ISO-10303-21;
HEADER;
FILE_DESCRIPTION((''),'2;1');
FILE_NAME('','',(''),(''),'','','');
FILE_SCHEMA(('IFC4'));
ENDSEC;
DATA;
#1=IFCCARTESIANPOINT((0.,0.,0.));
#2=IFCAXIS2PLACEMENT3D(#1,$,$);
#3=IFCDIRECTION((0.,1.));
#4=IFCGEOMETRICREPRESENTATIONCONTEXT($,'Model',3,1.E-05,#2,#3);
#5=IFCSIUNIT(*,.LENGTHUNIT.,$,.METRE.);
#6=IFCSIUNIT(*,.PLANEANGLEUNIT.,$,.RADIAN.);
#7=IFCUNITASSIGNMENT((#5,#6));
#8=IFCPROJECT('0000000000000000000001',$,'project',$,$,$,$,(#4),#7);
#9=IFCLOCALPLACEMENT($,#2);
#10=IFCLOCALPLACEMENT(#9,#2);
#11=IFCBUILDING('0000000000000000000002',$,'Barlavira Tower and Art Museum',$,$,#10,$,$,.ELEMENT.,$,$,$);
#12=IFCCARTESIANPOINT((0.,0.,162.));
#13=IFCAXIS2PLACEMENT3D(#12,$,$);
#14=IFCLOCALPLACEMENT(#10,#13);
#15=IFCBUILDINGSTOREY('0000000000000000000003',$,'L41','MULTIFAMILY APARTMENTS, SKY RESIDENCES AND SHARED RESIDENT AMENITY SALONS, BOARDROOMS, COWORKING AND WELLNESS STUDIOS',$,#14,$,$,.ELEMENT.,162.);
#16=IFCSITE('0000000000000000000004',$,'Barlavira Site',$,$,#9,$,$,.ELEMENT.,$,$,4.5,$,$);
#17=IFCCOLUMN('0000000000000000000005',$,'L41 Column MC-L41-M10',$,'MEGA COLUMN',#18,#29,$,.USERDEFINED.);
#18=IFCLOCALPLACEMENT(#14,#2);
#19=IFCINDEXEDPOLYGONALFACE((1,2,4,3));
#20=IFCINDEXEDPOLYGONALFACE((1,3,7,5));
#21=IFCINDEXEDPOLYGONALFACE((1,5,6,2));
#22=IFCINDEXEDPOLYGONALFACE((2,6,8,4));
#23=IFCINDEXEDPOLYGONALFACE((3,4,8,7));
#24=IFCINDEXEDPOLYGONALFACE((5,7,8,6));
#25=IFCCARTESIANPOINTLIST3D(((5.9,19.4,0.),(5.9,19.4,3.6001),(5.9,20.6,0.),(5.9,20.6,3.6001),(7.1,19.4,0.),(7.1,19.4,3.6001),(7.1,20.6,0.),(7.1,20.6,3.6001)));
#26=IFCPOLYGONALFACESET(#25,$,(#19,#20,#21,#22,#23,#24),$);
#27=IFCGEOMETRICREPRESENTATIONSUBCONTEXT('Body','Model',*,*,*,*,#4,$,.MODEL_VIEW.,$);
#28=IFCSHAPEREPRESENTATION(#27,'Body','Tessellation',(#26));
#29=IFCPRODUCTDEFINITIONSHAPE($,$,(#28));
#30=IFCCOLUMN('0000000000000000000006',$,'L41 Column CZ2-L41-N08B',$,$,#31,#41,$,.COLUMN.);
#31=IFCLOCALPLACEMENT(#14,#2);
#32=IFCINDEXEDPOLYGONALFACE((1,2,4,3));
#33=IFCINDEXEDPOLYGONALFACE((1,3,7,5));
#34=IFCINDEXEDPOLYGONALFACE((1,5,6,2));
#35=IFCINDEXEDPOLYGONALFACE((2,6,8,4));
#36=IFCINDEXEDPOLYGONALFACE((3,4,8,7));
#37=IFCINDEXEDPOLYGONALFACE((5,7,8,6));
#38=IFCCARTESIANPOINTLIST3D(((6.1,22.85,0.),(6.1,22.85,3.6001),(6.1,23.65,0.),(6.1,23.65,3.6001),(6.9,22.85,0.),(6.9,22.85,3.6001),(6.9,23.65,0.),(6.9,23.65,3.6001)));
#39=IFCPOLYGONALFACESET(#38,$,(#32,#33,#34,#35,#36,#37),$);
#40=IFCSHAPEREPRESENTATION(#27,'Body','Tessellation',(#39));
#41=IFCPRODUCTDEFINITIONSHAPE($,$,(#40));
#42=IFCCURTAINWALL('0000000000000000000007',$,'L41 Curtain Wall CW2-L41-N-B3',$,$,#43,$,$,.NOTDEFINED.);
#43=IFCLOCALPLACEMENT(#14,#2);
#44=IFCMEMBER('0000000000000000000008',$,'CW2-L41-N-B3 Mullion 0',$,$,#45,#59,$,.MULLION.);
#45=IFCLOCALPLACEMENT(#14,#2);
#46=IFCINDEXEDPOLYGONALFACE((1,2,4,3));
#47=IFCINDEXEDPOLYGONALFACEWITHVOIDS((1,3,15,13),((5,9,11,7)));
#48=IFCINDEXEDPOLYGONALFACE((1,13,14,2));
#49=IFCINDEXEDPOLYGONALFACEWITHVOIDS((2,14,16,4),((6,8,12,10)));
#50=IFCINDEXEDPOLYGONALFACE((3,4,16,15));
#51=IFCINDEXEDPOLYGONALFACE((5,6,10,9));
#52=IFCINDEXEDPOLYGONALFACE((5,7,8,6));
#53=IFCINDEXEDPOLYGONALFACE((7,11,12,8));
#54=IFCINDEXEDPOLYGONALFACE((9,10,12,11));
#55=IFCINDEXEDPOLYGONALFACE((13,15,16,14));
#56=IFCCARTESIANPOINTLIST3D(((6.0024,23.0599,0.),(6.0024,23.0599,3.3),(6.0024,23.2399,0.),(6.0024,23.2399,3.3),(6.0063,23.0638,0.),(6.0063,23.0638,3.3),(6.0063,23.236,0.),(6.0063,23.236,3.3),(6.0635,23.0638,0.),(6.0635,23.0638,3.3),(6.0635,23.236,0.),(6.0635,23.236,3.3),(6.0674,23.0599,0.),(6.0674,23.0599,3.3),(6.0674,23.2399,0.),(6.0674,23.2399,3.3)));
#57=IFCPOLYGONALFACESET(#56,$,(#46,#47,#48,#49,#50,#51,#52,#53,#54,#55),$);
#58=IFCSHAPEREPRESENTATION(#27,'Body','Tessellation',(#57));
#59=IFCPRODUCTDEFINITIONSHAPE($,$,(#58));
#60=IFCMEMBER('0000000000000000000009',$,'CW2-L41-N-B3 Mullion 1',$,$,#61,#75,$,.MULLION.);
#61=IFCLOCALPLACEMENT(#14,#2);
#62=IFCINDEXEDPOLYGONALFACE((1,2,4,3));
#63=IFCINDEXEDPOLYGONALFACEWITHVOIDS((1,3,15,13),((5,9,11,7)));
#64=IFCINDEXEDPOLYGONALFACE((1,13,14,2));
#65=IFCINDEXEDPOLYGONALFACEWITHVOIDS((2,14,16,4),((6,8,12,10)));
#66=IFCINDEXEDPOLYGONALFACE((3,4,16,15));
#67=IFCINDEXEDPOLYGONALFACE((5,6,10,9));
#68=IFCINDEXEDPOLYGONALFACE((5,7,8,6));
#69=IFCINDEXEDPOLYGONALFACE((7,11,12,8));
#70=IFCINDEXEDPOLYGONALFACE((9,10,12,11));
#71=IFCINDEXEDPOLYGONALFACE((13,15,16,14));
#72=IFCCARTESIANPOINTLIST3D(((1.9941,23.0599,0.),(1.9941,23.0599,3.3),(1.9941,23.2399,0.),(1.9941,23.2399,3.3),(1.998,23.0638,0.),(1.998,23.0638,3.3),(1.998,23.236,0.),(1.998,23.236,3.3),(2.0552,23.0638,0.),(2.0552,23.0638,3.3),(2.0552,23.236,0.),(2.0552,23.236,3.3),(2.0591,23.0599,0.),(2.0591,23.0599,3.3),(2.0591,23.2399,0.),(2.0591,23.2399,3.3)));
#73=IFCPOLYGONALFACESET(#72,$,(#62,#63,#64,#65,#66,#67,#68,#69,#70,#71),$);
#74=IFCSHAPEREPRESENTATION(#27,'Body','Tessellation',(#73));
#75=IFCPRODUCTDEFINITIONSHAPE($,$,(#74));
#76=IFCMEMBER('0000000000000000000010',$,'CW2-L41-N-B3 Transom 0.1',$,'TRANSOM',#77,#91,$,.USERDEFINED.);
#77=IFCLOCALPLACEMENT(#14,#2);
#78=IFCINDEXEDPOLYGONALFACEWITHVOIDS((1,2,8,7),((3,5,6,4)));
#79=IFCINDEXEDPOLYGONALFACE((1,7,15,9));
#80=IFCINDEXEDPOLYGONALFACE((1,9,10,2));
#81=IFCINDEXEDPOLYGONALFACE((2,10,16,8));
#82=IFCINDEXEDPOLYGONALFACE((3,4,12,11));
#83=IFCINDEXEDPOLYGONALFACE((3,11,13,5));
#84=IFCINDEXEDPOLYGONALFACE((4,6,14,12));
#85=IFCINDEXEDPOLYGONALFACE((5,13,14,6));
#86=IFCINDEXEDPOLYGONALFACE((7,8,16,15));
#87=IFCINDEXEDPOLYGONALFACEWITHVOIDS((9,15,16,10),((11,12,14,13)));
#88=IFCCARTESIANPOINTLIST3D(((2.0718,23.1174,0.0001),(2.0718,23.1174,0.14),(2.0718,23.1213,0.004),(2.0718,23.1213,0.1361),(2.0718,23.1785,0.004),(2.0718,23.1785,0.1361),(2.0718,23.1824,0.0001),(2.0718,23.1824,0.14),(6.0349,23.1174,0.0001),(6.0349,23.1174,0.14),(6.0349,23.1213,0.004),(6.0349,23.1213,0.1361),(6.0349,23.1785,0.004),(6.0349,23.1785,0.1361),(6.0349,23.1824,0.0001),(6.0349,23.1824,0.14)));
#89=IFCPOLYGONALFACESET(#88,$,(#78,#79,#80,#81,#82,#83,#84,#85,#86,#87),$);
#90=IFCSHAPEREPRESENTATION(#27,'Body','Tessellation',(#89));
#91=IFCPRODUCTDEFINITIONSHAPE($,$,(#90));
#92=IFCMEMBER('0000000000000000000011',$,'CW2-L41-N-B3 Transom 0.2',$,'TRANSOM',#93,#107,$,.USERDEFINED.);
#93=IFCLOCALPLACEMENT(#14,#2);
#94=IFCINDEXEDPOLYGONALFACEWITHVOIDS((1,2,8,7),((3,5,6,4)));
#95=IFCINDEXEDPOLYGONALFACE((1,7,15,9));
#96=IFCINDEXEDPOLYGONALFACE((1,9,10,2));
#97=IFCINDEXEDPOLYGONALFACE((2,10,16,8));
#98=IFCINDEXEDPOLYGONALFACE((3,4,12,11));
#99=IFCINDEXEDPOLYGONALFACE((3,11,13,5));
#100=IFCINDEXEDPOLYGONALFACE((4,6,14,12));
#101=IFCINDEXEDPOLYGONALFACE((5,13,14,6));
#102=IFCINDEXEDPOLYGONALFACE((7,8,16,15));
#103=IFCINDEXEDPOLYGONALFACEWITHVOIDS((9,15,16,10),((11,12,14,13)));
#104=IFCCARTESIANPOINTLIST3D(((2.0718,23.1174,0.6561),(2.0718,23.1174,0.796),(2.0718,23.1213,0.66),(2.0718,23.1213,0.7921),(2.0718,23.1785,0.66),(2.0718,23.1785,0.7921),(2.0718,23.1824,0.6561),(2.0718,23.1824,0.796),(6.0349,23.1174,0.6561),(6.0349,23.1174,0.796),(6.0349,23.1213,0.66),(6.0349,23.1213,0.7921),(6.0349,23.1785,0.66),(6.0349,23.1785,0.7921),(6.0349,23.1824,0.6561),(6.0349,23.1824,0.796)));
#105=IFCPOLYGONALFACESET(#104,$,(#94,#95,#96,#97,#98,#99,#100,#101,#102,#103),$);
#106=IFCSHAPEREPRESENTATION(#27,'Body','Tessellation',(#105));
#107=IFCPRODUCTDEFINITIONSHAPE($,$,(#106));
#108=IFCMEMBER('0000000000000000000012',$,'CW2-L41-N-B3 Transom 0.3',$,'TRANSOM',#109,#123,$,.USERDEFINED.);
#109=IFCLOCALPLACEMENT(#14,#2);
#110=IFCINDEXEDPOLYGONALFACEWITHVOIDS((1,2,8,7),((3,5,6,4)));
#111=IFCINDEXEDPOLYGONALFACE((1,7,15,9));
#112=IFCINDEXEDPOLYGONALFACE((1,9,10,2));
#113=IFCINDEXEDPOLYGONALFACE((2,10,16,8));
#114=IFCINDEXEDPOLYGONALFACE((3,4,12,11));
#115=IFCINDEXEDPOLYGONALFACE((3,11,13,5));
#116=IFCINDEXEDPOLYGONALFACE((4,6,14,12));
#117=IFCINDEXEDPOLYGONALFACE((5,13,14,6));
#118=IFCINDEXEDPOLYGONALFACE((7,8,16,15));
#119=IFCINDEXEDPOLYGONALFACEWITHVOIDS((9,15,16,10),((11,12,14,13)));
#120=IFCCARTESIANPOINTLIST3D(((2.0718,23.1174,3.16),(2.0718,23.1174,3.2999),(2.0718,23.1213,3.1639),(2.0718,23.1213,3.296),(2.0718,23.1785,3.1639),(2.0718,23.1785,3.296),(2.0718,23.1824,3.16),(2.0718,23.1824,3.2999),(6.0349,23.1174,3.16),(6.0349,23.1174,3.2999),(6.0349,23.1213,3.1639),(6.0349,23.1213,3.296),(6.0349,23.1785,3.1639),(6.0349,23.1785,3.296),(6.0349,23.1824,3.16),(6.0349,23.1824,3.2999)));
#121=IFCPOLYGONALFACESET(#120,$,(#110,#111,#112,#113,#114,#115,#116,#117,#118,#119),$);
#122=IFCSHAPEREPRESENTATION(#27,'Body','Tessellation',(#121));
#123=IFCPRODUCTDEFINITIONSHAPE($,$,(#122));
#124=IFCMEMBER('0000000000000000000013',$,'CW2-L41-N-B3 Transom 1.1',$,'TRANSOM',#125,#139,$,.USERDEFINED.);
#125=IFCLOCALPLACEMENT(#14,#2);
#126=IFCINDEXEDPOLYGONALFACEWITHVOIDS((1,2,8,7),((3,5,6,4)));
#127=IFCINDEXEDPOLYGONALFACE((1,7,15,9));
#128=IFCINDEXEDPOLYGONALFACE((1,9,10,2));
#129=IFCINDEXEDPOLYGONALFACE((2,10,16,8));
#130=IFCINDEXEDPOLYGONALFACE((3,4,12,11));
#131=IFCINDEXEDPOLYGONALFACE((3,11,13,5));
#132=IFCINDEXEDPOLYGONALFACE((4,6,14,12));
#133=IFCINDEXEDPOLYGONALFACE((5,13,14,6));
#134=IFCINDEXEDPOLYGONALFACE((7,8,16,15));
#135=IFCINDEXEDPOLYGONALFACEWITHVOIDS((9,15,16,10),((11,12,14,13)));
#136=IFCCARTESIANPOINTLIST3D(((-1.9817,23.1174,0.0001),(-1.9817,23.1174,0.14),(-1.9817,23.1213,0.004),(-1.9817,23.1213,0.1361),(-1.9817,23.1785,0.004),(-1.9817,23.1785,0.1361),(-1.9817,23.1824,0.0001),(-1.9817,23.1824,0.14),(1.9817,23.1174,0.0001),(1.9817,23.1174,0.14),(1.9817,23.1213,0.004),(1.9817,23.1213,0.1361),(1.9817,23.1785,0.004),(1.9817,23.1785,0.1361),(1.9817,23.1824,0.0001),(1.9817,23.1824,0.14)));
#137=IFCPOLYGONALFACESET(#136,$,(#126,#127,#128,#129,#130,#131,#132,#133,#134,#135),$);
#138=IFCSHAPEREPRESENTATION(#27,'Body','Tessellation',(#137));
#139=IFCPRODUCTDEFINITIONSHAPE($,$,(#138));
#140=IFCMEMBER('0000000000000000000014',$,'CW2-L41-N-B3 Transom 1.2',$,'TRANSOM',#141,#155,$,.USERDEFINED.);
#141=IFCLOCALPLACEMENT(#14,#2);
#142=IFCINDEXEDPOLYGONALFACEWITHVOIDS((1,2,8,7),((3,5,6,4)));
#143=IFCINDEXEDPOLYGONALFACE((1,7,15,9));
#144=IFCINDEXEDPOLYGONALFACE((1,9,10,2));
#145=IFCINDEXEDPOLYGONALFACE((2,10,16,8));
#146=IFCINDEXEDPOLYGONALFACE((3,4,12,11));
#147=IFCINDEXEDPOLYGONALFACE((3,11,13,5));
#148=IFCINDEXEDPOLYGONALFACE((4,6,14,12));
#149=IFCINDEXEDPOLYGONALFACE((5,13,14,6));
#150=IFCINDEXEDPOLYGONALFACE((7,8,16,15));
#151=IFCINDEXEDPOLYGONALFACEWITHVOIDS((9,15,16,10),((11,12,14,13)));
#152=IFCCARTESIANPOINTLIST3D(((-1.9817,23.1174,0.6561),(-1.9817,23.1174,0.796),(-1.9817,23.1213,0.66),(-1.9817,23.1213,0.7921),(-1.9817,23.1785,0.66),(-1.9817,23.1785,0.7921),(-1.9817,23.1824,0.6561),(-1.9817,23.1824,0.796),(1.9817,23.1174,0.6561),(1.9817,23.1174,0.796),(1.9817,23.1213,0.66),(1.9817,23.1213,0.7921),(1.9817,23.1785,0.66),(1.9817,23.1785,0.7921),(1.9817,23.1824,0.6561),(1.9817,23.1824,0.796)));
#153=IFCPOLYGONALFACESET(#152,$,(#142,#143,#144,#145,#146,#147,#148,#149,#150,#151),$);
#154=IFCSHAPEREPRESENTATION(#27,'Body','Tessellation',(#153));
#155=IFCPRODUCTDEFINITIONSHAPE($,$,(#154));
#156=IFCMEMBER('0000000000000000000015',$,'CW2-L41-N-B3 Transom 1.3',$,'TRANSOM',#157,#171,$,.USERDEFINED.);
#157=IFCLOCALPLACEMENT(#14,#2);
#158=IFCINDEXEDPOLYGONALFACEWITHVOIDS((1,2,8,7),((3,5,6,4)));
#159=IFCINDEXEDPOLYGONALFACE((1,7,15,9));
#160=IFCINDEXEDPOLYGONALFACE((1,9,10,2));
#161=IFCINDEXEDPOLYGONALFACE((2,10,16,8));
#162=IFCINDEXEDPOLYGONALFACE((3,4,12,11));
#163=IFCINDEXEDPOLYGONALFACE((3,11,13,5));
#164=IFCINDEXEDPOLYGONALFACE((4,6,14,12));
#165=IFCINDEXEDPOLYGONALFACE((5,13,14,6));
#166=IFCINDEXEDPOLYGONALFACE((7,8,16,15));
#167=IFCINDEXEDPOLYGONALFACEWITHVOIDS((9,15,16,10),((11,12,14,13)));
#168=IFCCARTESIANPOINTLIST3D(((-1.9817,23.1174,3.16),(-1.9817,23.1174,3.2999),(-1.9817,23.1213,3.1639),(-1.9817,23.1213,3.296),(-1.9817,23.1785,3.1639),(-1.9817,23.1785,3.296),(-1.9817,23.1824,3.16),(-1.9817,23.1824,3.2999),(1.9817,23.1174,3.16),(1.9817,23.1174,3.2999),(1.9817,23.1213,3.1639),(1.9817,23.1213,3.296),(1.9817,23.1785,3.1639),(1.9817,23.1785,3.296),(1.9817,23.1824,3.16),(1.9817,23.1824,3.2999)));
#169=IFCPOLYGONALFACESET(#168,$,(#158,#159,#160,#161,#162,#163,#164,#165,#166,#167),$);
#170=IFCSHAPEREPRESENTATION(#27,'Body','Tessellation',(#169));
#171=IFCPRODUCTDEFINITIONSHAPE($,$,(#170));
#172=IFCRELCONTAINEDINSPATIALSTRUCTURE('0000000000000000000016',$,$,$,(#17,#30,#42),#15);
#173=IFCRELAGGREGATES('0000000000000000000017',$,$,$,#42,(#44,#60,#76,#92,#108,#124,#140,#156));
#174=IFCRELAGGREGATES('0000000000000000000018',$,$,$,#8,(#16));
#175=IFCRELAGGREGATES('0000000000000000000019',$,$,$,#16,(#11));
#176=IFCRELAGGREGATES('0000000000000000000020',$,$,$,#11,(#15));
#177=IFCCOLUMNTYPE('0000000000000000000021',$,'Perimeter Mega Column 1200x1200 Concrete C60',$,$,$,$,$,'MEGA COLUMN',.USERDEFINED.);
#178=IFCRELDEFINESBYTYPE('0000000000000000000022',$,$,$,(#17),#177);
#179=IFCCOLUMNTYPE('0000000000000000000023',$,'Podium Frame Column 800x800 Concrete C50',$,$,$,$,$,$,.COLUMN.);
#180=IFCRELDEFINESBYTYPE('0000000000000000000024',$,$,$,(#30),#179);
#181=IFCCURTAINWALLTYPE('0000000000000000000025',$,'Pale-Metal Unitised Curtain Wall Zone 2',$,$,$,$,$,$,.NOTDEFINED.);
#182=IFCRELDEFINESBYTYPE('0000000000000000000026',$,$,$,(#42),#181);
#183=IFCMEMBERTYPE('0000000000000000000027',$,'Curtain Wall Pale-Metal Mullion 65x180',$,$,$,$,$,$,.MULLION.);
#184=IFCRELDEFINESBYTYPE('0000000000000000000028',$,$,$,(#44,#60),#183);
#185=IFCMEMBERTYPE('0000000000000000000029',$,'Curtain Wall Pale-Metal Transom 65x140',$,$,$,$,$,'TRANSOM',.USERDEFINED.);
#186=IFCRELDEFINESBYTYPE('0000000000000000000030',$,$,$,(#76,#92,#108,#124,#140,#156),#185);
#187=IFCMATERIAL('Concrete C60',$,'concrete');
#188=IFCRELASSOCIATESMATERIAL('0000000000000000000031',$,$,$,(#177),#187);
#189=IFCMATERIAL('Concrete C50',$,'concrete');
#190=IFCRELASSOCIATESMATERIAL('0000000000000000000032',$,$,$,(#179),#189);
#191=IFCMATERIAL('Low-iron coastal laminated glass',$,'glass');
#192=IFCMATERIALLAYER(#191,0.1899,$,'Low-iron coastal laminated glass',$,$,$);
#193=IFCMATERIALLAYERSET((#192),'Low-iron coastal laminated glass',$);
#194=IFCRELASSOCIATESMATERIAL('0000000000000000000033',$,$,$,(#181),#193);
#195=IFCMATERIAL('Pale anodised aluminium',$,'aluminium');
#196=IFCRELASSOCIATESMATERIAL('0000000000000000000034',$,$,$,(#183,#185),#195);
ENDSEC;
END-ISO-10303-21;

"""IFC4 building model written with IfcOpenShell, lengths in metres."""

from ifc_helpers import new_model, si_unit, direction, frame, origin, origin_2d, place, context, subcontext, project, spatial, rectangle, hollow_rectangle, extrude, material, layer, layer_set, material_profile, profile_set, type_object, element, aggregate, save


model = new_model("IFC4")

# Units and contexts
model_context = context("Model", 3, precision=1e-05, world=origin(), true_north=direction((0.0, 1.0)))
body_context = subcontext(model_context, "Body", "Model", "MODEL_VIEW")
ifc_project = project(units=[si_unit("LENGTHUNIT", "METRE"), si_unit("PLANEANGLEUNIT", "RADIAN")], contexts=[model_context])

# Site, building, storey
site_placement = place(None, origin())
site = spatial("IfcSite", under=ifc_project, at=site_placement, Name="Barlavira Site", CompositionType="ELEMENT", RefElevation=4.5)
building_placement = place(site_placement, origin())
building = spatial("IfcBuilding", under=site, at=building_placement, Name="Barlavira Tower and Art Museum", CompositionType="ELEMENT")
storey_placement = place(building_placement, frame((0.0, 0.0, 162.0)))
storey = spatial("IfcBuildingStorey", under=building, at=storey_placement, Name="L41", Description="MULTIFAMILY APARTMENTS, SKY RESIDENCES AND SHARED RESIDENT AMENITY SALONS, BOARDROOMS, COWORKING AND WELLNESS STUDIOS", CompositionType="ELEMENT", Elevation=162.0)

# Columns
ifc_material_1 = material(Name="Concrete C60", Category="concrete")
ifc_material_profile_1 = material_profile(ifc_material_1, rectangle(XDim=1.2, YDim=1.2, at=origin_2d()), Name="RC-COL 1200x1200")
ifc_profile_set_1 = profile_set([ifc_material_profile_1], Name="Concrete C60")
column_type_1 = type_object("IfcColumnType", Name="Perimeter Mega Column 1200x1200 Concrete C60", ElementType="MEGA COLUMN", PredefinedType="USERDEFINED", material=ifc_profile_set_1)
column_1_placement = place(storey_placement, frame((6.5, 20.0, 0.0), z_axis=(0.0, 0.0, 1.0), x_axis=(1.0, 0.0, 0.0)))
element("IfcColumn", 1, at=column_1_placement, inside=storey, type_object=column_type_1, Name="L41 Column MC-L41-M10", ObjectType="MEGA COLUMN", PredefinedType="USERDEFINED", context=body_context, shape_type="SweptSolid", body=[
    extrude(rectangle(XDim=1.2, YDim=1.2, at=origin_2d()), origin(), (0.0, 0.0, 1.0), 3.6001),
])
ifc_material_2 = material(Name="Concrete C50", Category="concrete")
ifc_material_profile_2 = material_profile(ifc_material_2, rectangle(XDim=0.8, YDim=0.8, at=origin_2d()), Name="RC-COL 800x800")
ifc_profile_set_2 = profile_set([ifc_material_profile_2], Name="Concrete C50")
column_type_2 = type_object("IfcColumnType", Name="Podium Frame Column 800x800 Concrete C50", PredefinedType="COLUMN", material=ifc_profile_set_2)
column_2_placement = place(storey_placement, frame((6.5, 23.25, 0.0), z_axis=(0.0, 0.0, 1.0), x_axis=(1.0, 0.0, 0.0)))
element("IfcColumn", 2, at=column_2_placement, inside=storey, type_object=column_type_2, Name="L41 Column CZ2-L41-N08B", PredefinedType="COLUMN", context=body_context, shape_type="SweptSolid", body=[
    extrude(rectangle(XDim=0.8, YDim=0.8, at=origin_2d()), origin(), (0.0, 0.0, 1.0), 3.6001),
])

# Curtain wall, members
ifc_material_3 = material(Name="Low-iron coastal laminated glass", Category="glass")
ifc_layer_1 = layer(ifc_material_3, 0.1899, Name="Low-iron coastal laminated glass")
ifc_layer_set_1 = layer_set([ifc_layer_1], Name="Low-iron coastal laminated glass")
curtain_wall_type = type_object("IfcCurtainWallType", Name="Pale-Metal Unitised Curtain Wall Zone 2", PredefinedType="NOTDEFINED", material=ifc_layer_set_1)
curtain_wall_placement = place(storey_placement, origin())
curtain_wall = element("IfcCurtainWall", 3, at=curtain_wall_placement, inside=storey, type_object=curtain_wall_type, Name="L41 Curtain Wall CW2-L41-N-B3", PredefinedType="NOTDEFINED")
ifc_material_4 = material(Name="Pale anodised aluminium", Category="aluminium")
ifc_material_profile_3 = material_profile(ifc_material_4, hollow_rectangle(XDim=0.0649, YDim=0.1799, WallThickness=0.0039, at=origin_2d()), Name="ALU-MULL 65x180x4")
ifc_profile_set_3 = profile_set([ifc_material_profile_3], Name="Pale anodised aluminium")
member_type_1 = type_object("IfcMemberType", Name="Curtain Wall Pale-Metal Mullion 65x180", PredefinedType="MULLION", material=ifc_profile_set_3)
member_1_placement = place(storey_placement, frame((6.0349, 23.1499, 0.0), z_axis=(0.0, 0.0, 1.0), x_axis=(-1.0, 0.0, 0.0)))
member_1 = element("IfcMember", 4, at=member_1_placement, type_object=member_type_1, Name="CW2-L41-N-B3 Mullion 0", PredefinedType="MULLION", context=body_context, shape_type="SweptSolid", body=[
    extrude(hollow_rectangle(XDim=0.0649, YDim=0.1799, WallThickness=0.0039, at=origin_2d()), origin(), (0.0, 0.0, 1.0), 3.3),
])
member_2_placement = place(storey_placement, frame((2.0266, 23.1499, 0.0), z_axis=(0.0, 0.0, 1.0), x_axis=(-1.0, 0.0, 0.0)))
member_2 = element("IfcMember", 5, at=member_2_placement, type_object=member_type_1, Name="CW2-L41-N-B3 Mullion 1", PredefinedType="MULLION", context=body_context, shape_type="SweptSolid", body=[
    extrude(hollow_rectangle(XDim=0.0649, YDim=0.1799, WallThickness=0.0039, at=origin_2d()), origin(), (0.0, 0.0, 1.0), 3.3),
])
ifc_material_profile_4 = material_profile(ifc_material_4, hollow_rectangle(XDim=0.0649, YDim=0.1399, WallThickness=0.0039, at=origin_2d()), Name="ALU-TRAN 65x140x4")
ifc_profile_set_4 = profile_set([ifc_material_profile_4], Name="Pale anodised aluminium")
member_type_2 = type_object("IfcMemberType", Name="Curtain Wall Pale-Metal Transom 65x140", ElementType="TRANSOM", PredefinedType="USERDEFINED", material=ifc_profile_set_4)
member_3_placement = place(storey_placement, frame((6.0349, 23.1499, 0.0701), z_axis=(-1.0, 0.0, 0.0), x_axis=(0.0, -1.0, 0.0)))
member_3 = element("IfcMember", 6, at=member_3_placement, type_object=member_type_2, Name="CW2-L41-N-B3 Transom 0.1", ObjectType="TRANSOM", PredefinedType="USERDEFINED", context=body_context, shape_type="SweptSolid", body=[
    extrude(hollow_rectangle(XDim=0.0649, YDim=0.1399, WallThickness=0.0039, at=origin_2d()), origin(), (0.0, 0.0, 1.0), 3.9631),
])
member_4_placement = place(storey_placement, frame((6.0349, 23.1499, 0.7261), z_axis=(-1.0, 0.0, 0.0), x_axis=(0.0, -1.0, 0.0)))
member_4 = element("IfcMember", 7, at=member_4_placement, type_object=member_type_2, Name="CW2-L41-N-B3 Transom 0.2", ObjectType="TRANSOM", PredefinedType="USERDEFINED", context=body_context, shape_type="SweptSolid", body=[
    extrude(hollow_rectangle(XDim=0.0649, YDim=0.1399, WallThickness=0.0039, at=origin_2d()), origin(), (0.0, 0.0, 1.0), 3.9631),
])
member_5_placement = place(storey_placement, frame((6.0349, 23.1499, 3.23), z_axis=(-1.0, 0.0, 0.0), x_axis=(0.0, -1.0, 0.0)))
member_5 = element("IfcMember", 8, at=member_5_placement, type_object=member_type_2, Name="CW2-L41-N-B3 Transom 0.3", ObjectType="TRANSOM", PredefinedType="USERDEFINED", context=body_context, shape_type="SweptSolid", body=[
    extrude(hollow_rectangle(XDim=0.0649, YDim=0.1399, WallThickness=0.0039, at=origin_2d()), origin(), (0.0, 0.0, 1.0), 3.9631),
])
member_6_placement = place(storey_placement, frame((1.9817, 23.1499, 0.0701), z_axis=(-1.0, 0.0, 0.0), x_axis=(0.0, -1.0, 0.0)))
member_6 = element("IfcMember", 9, at=member_6_placement, type_object=member_type_2, Name="CW2-L41-N-B3 Transom 1.1", ObjectType="TRANSOM", PredefinedType="USERDEFINED", context=body_context, shape_type="SweptSolid", body=[
    extrude(hollow_rectangle(XDim=0.0649, YDim=0.1399, WallThickness=0.0039, at=origin_2d()), origin(), (0.0, 0.0, 1.0), 3.9634),
])
member_7_placement = place(storey_placement, frame((1.9817, 23.1499, 0.7261), z_axis=(-1.0, 0.0, 0.0), x_axis=(0.0, -1.0, 0.0)))
member_7 = element("IfcMember", 10, at=member_7_placement, type_object=member_type_2, Name="CW2-L41-N-B3 Transom 1.2", ObjectType="TRANSOM", PredefinedType="USERDEFINED", context=body_context, shape_type="SweptSolid", body=[
    extrude(hollow_rectangle(XDim=0.0649, YDim=0.1399, WallThickness=0.0039, at=origin_2d()), origin(), (0.0, 0.0, 1.0), 3.9634),
])
member_8_placement = place(storey_placement, frame((1.9817, 23.1499, 3.23), z_axis=(-1.0, 0.0, 0.0), x_axis=(0.0, -1.0, 0.0)))
member_8 = element("IfcMember", 11, at=member_8_placement, type_object=member_type_2, Name="CW2-L41-N-B3 Transom 1.3", ObjectType="TRANSOM", PredefinedType="USERDEFINED", context=body_context, shape_type="SweptSolid", body=[
    extrude(hollow_rectangle(XDim=0.0649, YDim=0.1399, WallThickness=0.0039, at=origin_2d()), origin(), (0.0, 0.0, 1.0), 3.9634),
])

aggregate(curtain_wall, [member_1, member_2, member_3, member_4, member_5, member_6, member_7, member_8])

save(model, "model.ifc")
